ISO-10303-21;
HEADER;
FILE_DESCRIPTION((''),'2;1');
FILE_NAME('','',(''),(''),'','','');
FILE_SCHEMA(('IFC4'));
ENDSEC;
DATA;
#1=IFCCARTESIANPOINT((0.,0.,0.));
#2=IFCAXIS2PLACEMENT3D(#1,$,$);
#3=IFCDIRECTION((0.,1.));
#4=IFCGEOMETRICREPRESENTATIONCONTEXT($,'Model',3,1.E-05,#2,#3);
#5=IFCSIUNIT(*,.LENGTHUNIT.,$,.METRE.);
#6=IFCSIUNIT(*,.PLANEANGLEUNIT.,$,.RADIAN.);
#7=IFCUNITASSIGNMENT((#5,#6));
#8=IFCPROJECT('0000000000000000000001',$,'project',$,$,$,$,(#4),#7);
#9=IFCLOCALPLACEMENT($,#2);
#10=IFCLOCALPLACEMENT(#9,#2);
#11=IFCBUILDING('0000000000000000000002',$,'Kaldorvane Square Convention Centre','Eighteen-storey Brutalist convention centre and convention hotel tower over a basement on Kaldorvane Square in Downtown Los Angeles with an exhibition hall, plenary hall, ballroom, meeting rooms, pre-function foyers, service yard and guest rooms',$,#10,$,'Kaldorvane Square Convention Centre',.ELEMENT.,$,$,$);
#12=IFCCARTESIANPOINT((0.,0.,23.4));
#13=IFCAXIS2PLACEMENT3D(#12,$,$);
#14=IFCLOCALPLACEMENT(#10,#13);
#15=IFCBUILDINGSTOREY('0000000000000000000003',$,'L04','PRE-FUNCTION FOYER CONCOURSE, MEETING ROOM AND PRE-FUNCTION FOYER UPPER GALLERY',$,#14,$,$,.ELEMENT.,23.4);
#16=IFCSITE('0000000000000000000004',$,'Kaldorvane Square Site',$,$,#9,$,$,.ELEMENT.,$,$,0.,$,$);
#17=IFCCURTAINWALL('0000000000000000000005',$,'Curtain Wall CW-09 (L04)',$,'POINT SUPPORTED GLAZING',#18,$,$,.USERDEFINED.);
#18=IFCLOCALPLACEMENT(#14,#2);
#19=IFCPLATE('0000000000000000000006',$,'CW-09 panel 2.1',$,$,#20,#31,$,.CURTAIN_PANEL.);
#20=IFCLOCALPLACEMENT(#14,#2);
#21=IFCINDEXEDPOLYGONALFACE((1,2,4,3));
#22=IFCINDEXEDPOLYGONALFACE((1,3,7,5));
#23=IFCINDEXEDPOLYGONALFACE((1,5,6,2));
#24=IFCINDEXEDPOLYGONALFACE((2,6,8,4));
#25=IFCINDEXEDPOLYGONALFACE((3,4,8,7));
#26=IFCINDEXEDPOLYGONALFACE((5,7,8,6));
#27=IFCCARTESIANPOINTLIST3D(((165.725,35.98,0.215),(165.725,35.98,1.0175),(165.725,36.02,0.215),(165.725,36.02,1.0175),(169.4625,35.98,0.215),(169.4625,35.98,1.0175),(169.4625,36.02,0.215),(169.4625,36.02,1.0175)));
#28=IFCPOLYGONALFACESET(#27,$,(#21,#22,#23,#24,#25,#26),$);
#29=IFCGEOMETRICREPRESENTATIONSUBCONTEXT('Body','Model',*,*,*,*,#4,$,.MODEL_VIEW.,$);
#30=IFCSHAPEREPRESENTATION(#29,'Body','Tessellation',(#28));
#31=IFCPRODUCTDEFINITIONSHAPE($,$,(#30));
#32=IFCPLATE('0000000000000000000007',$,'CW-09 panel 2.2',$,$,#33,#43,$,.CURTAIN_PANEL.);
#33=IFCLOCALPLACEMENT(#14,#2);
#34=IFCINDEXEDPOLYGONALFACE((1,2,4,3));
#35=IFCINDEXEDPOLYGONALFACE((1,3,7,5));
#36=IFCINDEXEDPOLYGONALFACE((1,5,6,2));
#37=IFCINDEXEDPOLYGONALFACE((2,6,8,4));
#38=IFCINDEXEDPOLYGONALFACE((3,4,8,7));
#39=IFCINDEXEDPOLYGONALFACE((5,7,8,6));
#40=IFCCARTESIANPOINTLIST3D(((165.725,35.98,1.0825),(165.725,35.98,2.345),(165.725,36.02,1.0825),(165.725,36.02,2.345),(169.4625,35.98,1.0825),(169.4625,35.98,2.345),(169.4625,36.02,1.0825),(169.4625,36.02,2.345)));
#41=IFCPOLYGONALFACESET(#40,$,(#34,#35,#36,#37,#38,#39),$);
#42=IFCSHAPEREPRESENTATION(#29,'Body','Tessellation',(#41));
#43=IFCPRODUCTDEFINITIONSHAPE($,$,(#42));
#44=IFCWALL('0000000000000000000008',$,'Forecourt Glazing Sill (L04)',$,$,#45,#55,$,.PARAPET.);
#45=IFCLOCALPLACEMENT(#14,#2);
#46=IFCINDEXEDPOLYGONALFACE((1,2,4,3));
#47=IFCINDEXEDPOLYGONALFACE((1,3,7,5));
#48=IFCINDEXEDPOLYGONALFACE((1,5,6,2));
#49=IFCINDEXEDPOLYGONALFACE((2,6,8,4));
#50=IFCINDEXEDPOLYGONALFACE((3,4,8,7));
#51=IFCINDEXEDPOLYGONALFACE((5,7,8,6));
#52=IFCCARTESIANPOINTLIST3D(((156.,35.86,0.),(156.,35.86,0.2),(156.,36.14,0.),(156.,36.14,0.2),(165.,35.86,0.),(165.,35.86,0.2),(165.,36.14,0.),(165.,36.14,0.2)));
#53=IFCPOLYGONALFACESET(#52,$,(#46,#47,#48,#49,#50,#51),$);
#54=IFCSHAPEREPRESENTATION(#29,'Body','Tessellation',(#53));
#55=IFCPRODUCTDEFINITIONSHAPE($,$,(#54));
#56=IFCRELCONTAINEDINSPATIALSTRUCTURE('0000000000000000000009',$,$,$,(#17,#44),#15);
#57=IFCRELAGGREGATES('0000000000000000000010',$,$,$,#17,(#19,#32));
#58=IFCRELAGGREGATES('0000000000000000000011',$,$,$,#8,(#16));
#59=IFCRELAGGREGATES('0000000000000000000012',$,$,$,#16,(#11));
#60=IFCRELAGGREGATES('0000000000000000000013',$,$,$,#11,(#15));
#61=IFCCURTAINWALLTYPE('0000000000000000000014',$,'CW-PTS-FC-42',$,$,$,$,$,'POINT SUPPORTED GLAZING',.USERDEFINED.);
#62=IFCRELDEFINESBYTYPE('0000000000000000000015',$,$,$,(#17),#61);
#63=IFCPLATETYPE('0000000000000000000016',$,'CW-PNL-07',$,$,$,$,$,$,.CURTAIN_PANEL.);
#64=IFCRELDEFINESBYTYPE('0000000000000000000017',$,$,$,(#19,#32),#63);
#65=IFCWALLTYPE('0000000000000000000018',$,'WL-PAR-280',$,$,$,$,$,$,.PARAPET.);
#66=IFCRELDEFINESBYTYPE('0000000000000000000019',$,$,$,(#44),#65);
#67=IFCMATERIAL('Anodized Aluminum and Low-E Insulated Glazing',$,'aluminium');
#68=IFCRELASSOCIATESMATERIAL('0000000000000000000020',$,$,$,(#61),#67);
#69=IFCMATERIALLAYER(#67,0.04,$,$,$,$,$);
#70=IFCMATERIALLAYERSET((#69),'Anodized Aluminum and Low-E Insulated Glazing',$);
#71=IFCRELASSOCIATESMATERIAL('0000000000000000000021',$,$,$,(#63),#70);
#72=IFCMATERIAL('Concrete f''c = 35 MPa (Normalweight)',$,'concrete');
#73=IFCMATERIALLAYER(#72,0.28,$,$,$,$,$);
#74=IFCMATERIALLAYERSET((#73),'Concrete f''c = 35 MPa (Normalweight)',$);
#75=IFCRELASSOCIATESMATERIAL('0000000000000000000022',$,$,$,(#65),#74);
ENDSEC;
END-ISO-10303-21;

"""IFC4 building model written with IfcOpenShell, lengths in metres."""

from ifc_helpers import new_model, si_unit, direction, frame, frame_2d, origin, origin_2d, place, context, subcontext, project, spatial, rectangle, extrude, material, layer, layer_set, type_object, element, aggregate, save


model = new_model("IFC4")

# Units and contexts
model_context = context("Model", 3, precision=1e-05, world=origin(), true_north=direction((0.0, 1.0)))
body_context = subcontext(model_context, "Body", "Model", "MODEL_VIEW")
ifc_project = project(units=[si_unit("LENGTHUNIT", "METRE"), si_unit("PLANEANGLEUNIT", "RADIAN")], contexts=[model_context])

# Site, building, storey
site_placement = place(None, origin())
site = spatial("IfcSite", under=ifc_project, at=site_placement, Name="Kaldorvane Square Site", CompositionType="ELEMENT", RefElevation=0.0)
building_placement = place(site_placement, origin())
building = spatial("IfcBuilding", under=site, at=building_placement, Name="Kaldorvane Square Convention Centre", Description="Eighteen-storey Brutalist convention centre and convention hotel tower over a basement on Kaldorvane Square in Downtown Los Angeles with an exhibition hall, plenary hall, ballroom, meeting rooms, pre-function foyers, service yard and guest rooms", LongName="Kaldorvane Square Convention Centre", CompositionType="ELEMENT")
storey_placement = place(building_placement, frame((0.0, 0.0, 23.4)))
storey = spatial("IfcBuildingStorey", under=building, at=storey_placement, Name="L04", Description="PRE-FUNCTION FOYER CONCOURSE, MEETING ROOM AND PRE-FUNCTION FOYER UPPER GALLERY", CompositionType="ELEMENT", Elevation=23.4)

# Shared definitions
ifc_material_1 = material(Name="Anodized Aluminum and Low-E Insulated Glazing", Category="aluminium")
curtain_wall_type = type_object("IfcCurtainWallType", Name="CW-PTS-FC-42", ElementType="POINT SUPPORTED GLAZING", PredefinedType="USERDEFINED", material=ifc_material_1)

# Curtain wall
curtain_wall_1_placement = place(storey_placement, origin())
curtain_wall_1 = element("IfcCurtainWall", 1, at=curtain_wall_1_placement, inside=storey, type_object=curtain_wall_type, Name="Curtain Wall CW-09 (L04)", ObjectType="POINT SUPPORTED GLAZING", PredefinedType="USERDEFINED")

# Plates
ifc_layer_1 = layer(ifc_material_1, 0.04)
ifc_layer_set_1 = layer_set([ifc_layer_1], Name="Anodized Aluminum and Low-E Insulated Glazing")
plate_type = type_object("IfcPlateType", Name="CW-PNL-07", PredefinedType="CURTAIN_PANEL", material=ifc_layer_set_1)
plate_1_placement = place(storey_placement, frame((167.5938, 36.0, 0.215), z_axis=(0.0, 0.0, 1.0), x_axis=(-1.0, 0.0, 0.0)))
plate_1 = element("IfcPlate", 2, at=plate_1_placement, type_object=plate_type, Name="CW-09 panel 2.1", PredefinedType="CURTAIN_PANEL", context=body_context, shape_type="SweptSolid", body=[
    extrude(rectangle(XDim=3.7375, YDim=0.04, at=origin_2d()), origin(), (0.0, 0.0, 1.0), 0.8025),
])
plate_2_placement = place(storey_placement, frame((167.5938, 36.0, 1.0825), z_axis=(0.0, 0.0, 1.0), x_axis=(-1.0, 0.0, 0.0)))
plate_2 = element("IfcPlate", 3, at=plate_2_placement, type_object=plate_type, Name="CW-09 panel 2.2", PredefinedType="CURTAIN_PANEL", context=body_context, shape_type="SweptSolid", body=[
    extrude(rectangle(XDim=3.7375, YDim=0.04, at=origin_2d()), origin(), (0.0, 0.0, 1.0), 1.2625),
])
aggregate(curtain_wall_1, [plate_1, plate_2])

# Wall
ifc_material_2 = material(Name="Concrete f'c = 35 MPa (Normalweight)", Category="concrete")
ifc_layer_2 = layer(ifc_material_2, 0.28)
ifc_layer_set_2 = layer_set([ifc_layer_2], Name="Concrete f'c = 35 MPa (Normalweight)")
wall_type = type_object("IfcWallType", Name="WL-PAR-280", PredefinedType="PARAPET", material=ifc_layer_set_2)
wall_placement = place(storey_placement, frame((165.0, 36.0, 0.0), z_axis=(0.0, 0.0, 1.0), x_axis=(-1.0, 0.0, 0.0)))
element("IfcWall", 4, at=wall_placement, inside=storey, type_object=wall_type, Name="Forecourt Glazing Sill (L04)", PredefinedType="PARAPET", context=body_context, shape_type="SweptSolid", body=[
    extrude(rectangle(XDim=9.0, YDim=0.28, at=frame_2d((4.5, 0.0))), origin(), (0.0, 0.0, 1.0), 0.2),
])

save(model, "model.ifc")
